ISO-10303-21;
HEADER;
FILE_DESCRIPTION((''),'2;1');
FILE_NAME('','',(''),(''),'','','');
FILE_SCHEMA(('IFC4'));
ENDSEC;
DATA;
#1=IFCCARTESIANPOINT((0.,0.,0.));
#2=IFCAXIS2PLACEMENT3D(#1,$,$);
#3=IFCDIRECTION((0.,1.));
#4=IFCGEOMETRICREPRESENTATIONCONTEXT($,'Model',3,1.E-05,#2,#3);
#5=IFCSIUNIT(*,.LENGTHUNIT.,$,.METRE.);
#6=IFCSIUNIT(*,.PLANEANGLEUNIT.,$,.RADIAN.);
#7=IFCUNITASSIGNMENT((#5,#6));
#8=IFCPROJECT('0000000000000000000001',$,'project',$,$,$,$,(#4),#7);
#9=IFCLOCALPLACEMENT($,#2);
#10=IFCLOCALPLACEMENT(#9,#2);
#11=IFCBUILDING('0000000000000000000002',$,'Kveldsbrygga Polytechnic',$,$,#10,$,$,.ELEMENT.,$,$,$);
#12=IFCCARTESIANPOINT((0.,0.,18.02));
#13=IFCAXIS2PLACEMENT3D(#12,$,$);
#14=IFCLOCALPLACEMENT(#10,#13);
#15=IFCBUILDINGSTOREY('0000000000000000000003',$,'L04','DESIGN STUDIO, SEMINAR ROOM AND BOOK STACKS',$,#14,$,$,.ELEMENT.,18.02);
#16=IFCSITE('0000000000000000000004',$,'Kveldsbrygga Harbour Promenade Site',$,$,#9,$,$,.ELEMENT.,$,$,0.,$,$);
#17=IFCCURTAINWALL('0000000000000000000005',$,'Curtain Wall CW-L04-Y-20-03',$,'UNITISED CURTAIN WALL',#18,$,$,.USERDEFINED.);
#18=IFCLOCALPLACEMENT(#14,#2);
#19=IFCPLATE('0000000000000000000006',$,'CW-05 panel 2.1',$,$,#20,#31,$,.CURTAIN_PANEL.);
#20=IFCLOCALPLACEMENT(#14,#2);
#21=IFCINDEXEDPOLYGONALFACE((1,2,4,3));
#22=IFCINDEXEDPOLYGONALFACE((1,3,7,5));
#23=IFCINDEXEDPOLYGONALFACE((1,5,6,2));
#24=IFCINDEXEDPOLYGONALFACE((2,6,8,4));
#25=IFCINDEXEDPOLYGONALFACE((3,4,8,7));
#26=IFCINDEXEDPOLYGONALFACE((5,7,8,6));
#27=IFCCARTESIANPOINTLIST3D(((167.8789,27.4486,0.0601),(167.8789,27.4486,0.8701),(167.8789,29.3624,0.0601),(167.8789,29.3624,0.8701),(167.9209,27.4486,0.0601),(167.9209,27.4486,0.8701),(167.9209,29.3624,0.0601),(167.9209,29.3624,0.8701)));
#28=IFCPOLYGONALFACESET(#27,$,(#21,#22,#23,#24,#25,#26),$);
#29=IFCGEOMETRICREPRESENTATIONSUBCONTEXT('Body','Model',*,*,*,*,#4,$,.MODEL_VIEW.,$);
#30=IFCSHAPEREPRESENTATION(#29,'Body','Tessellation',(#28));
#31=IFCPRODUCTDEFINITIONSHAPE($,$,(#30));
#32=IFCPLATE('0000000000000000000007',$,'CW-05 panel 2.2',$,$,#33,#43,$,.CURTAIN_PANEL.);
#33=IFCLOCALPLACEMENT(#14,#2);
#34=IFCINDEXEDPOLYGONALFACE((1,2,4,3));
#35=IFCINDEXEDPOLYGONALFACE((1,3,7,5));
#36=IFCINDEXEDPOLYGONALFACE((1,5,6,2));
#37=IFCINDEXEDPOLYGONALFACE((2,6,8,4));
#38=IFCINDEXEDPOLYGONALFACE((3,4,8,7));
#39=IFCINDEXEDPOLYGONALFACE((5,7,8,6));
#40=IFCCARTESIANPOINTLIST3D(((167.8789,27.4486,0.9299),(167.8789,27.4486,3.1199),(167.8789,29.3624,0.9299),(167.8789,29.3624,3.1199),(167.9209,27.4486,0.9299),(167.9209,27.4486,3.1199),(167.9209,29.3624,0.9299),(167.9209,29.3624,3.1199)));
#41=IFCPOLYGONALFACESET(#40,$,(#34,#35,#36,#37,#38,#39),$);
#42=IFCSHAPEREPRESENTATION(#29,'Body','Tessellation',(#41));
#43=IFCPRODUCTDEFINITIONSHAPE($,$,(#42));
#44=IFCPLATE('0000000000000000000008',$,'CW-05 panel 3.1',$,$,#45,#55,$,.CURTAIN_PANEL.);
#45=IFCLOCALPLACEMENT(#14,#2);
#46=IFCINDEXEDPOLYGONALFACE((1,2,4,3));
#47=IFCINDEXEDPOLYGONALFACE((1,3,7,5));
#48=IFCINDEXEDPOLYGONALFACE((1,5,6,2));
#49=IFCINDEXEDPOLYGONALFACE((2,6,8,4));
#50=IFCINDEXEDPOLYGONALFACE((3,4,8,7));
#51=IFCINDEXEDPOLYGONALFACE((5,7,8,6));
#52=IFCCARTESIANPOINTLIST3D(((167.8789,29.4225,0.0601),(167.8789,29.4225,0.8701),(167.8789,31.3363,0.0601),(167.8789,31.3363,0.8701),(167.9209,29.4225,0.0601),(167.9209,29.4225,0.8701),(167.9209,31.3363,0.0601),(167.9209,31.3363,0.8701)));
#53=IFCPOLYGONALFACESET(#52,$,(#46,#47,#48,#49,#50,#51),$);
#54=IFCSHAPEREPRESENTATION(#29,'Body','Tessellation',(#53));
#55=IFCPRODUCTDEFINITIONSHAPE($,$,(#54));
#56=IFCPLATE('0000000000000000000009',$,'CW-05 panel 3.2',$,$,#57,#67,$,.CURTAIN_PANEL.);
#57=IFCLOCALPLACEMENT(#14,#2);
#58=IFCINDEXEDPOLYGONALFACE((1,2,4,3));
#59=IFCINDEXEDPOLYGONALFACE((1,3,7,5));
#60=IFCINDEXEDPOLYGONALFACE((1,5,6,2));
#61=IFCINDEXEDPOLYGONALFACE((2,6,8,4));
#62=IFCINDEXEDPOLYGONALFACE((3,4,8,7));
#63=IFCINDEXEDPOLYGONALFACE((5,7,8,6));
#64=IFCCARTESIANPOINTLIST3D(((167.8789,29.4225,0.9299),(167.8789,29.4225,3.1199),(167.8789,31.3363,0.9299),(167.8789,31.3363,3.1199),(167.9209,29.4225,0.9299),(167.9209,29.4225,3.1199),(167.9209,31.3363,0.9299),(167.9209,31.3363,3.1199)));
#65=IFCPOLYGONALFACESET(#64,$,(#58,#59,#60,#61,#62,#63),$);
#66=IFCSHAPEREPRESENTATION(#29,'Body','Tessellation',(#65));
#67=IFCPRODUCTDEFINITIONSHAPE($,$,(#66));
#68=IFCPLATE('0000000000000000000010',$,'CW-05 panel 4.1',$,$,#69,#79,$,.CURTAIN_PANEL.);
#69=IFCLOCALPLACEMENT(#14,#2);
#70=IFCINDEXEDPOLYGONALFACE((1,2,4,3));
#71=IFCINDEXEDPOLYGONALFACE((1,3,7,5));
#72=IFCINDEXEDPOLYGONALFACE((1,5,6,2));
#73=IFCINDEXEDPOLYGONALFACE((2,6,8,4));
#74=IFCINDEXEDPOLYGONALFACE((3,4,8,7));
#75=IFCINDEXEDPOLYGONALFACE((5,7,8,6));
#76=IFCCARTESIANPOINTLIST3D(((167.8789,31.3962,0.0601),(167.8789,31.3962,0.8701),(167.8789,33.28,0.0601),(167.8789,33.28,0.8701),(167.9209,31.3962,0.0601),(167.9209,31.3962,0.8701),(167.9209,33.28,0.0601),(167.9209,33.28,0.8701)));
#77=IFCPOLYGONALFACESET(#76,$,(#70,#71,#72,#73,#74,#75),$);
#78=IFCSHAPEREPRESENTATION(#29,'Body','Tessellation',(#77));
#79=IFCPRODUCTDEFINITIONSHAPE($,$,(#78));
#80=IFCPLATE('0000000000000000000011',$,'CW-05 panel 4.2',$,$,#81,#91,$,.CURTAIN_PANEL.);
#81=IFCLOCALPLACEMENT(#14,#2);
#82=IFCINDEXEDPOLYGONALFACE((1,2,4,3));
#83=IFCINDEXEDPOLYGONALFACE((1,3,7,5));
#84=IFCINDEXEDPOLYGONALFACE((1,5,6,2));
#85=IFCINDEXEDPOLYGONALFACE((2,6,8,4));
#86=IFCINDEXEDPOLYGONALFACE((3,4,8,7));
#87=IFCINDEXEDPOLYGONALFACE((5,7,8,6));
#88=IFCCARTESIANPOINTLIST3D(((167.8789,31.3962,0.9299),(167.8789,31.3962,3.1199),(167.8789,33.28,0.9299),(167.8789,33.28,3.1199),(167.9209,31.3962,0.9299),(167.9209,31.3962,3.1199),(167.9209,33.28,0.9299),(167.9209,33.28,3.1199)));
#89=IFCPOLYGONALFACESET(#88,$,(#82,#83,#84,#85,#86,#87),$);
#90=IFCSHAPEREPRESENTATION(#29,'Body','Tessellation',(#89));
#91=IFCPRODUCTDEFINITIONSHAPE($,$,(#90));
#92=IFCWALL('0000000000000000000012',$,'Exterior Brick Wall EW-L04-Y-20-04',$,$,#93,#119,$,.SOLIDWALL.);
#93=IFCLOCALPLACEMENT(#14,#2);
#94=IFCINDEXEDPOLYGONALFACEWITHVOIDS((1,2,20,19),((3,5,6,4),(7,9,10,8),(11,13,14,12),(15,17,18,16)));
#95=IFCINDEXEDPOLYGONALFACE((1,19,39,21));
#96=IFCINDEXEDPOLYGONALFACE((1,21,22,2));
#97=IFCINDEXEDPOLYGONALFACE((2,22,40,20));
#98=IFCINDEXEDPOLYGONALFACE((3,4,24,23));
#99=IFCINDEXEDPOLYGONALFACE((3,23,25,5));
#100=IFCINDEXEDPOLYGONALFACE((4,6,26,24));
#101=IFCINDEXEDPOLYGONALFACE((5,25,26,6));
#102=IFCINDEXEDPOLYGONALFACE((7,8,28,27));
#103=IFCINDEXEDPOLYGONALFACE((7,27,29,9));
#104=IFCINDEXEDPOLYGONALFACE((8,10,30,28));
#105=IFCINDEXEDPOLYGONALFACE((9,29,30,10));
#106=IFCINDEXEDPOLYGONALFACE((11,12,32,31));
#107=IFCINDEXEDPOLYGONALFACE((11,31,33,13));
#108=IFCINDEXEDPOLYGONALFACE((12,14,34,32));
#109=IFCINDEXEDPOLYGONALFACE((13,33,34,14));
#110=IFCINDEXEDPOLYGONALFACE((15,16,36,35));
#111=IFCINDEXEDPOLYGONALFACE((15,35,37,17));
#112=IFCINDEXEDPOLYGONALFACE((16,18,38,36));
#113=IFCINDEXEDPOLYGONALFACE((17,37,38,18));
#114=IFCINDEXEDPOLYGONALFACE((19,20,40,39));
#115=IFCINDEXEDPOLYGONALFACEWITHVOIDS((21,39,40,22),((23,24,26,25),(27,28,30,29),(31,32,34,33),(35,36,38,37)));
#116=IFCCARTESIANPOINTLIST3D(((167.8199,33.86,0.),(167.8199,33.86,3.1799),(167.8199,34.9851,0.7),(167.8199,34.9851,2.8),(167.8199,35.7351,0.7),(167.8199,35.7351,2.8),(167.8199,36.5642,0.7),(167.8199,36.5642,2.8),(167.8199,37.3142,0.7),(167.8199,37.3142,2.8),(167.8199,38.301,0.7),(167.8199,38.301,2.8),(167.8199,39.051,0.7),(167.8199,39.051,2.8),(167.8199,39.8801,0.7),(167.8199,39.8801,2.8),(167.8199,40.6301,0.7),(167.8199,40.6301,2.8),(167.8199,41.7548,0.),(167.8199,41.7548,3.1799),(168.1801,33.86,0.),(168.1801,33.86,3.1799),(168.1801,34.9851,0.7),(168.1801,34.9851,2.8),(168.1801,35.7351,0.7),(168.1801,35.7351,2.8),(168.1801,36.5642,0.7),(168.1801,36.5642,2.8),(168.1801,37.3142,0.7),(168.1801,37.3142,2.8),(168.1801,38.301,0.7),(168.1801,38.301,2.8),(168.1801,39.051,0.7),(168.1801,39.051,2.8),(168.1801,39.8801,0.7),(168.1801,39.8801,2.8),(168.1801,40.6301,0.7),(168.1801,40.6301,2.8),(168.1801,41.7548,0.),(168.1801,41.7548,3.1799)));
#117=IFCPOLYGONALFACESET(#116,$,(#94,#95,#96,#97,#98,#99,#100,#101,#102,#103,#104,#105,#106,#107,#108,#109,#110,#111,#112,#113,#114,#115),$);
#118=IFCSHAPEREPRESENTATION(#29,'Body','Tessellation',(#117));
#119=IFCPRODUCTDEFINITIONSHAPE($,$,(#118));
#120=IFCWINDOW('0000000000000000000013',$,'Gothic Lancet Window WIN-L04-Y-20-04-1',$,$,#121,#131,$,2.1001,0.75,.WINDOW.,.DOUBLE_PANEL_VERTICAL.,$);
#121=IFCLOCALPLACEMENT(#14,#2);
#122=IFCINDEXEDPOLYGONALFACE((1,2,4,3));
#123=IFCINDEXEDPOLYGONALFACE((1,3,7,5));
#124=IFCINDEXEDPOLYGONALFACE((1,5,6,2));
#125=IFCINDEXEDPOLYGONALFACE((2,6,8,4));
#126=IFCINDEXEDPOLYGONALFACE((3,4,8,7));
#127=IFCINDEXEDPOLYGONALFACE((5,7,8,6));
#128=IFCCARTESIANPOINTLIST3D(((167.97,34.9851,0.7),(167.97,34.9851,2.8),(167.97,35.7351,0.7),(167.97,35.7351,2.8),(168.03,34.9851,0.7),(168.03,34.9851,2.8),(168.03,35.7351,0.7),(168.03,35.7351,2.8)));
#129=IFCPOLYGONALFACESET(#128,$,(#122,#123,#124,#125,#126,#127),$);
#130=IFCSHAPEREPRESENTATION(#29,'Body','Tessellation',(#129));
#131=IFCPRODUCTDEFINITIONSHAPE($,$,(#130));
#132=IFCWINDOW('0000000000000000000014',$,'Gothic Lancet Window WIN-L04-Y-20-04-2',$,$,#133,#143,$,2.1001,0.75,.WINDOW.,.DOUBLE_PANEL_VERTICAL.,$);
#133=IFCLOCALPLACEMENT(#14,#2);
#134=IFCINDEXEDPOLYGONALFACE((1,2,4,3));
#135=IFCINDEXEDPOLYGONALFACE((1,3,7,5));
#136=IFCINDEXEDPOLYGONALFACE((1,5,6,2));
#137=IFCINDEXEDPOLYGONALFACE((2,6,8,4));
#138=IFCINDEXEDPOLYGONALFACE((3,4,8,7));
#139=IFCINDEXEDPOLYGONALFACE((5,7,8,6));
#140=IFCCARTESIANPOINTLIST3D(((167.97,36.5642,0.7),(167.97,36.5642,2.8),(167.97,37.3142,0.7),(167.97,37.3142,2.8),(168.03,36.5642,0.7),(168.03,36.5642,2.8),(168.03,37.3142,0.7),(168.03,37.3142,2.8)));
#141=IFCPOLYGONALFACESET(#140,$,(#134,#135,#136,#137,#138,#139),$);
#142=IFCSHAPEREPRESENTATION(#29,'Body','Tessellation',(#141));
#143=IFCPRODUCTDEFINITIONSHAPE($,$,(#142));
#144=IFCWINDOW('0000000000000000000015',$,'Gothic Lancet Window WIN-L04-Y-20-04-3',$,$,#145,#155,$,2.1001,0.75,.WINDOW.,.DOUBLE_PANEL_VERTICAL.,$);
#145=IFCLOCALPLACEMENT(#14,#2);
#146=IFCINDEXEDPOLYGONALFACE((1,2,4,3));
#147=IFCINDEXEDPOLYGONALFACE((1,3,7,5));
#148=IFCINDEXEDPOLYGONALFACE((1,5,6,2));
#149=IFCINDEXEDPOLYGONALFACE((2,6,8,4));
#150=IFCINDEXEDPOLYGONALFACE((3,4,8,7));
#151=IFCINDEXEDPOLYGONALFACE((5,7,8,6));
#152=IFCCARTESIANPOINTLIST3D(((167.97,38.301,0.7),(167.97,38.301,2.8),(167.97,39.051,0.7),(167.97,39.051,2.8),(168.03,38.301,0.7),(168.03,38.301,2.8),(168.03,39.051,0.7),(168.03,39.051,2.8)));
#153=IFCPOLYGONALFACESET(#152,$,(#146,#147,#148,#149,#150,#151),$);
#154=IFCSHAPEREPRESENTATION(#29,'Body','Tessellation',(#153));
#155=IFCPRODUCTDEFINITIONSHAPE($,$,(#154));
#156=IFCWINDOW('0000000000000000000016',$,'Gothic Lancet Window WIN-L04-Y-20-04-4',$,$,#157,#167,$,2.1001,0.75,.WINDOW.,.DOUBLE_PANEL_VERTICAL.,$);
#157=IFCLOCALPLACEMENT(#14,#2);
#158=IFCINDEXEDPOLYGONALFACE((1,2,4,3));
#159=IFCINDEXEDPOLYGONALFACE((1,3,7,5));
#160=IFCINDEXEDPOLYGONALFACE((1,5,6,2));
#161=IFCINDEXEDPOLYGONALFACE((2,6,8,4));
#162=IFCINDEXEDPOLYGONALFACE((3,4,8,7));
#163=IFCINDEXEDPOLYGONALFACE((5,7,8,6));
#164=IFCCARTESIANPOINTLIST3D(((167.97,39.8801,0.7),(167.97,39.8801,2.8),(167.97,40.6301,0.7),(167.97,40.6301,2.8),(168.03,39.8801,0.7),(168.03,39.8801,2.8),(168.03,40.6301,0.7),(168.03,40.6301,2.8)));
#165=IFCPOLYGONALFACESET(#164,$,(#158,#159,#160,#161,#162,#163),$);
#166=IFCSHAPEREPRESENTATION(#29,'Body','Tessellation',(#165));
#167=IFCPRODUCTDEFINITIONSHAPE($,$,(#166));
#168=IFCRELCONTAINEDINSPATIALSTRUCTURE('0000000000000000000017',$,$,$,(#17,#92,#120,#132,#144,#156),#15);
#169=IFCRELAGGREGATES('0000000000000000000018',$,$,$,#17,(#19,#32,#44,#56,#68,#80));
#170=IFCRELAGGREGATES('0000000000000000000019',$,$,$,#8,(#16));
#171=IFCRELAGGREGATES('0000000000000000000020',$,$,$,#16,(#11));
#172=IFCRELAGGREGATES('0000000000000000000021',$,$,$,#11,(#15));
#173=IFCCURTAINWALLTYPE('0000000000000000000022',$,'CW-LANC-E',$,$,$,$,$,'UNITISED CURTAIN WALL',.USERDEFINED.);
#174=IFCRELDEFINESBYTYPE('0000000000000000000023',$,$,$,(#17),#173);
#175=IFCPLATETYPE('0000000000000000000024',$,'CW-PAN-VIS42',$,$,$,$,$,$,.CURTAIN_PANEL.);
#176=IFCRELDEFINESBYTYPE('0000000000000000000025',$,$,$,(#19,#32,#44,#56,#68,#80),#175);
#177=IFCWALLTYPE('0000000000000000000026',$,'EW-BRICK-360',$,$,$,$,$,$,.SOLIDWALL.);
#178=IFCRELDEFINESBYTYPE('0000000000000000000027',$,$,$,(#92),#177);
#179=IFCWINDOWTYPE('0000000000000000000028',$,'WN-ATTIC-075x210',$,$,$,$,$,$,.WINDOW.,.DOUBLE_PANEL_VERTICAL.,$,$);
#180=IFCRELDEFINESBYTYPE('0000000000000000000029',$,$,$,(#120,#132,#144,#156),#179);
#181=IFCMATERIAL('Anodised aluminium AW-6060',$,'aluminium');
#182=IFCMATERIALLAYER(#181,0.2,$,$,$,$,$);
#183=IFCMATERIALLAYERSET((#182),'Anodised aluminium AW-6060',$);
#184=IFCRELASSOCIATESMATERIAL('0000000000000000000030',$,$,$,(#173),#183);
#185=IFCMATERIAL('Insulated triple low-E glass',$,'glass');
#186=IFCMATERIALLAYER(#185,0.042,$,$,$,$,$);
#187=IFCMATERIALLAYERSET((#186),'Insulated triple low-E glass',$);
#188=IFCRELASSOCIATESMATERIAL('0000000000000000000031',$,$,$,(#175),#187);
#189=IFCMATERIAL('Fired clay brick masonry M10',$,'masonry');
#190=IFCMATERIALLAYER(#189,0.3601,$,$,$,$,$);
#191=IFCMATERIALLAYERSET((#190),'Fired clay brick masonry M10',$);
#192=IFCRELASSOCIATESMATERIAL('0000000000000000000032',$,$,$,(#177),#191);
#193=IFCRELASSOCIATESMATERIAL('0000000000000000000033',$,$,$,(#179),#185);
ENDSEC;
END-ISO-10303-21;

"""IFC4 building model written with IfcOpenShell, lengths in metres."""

from ifc_helpers import new_model, si_unit, direction, frame, frame_2d, origin, origin_2d, place, context, subcontext, project, spatial, rectangle, extrude, material, layer, layer_set, type_object, element, fill, aggregate, save


model = new_model("IFC4")

# Units and contexts
model_context = context("Model", 3, precision=1e-05, world=origin(), true_north=direction((0.0, 1.0)))
body_context = subcontext(model_context, "Body", "Model", "MODEL_VIEW")
ifc_project = project(units=[si_unit("LENGTHUNIT", "METRE"), si_unit("PLANEANGLEUNIT", "RADIAN")], contexts=[model_context])

# Site, building, storey
site_placement = place(None, origin())
site = spatial("IfcSite", under=ifc_project, at=site_placement, Name="Kveldsbrygga Harbour Promenade Site", CompositionType="ELEMENT", RefElevation=0.0)
building_placement = place(site_placement, origin())
building = spatial("IfcBuilding", under=site, at=building_placement, Name="Kveldsbrygga Polytechnic", CompositionType="ELEMENT")
storey_placement = place(building_placement, frame((0.0, 0.0, 18.02)))
storey = spatial("IfcBuildingStorey", under=building, at=storey_placement, Name="L04", Description="DESIGN STUDIO, SEMINAR ROOM AND BOOK STACKS", CompositionType="ELEMENT", Elevation=18.02)

# Curtain wall
ifc_material_1 = material(Name="Anodised aluminium AW-6060", Category="aluminium")
ifc_layer_1 = layer(ifc_material_1, 0.2)
ifc_layer_set_1 = layer_set([ifc_layer_1], Name="Anodised aluminium AW-6060")
curtain_wall_type = type_object("IfcCurtainWallType", Name="CW-LANC-E", ElementType="UNITISED CURTAIN WALL", PredefinedType="USERDEFINED", material=ifc_layer_set_1)
curtain_wall_placement = place(storey_placement, origin())
curtain_wall = element("IfcCurtainWall", 1, at=curtain_wall_placement, inside=storey, type_object=curtain_wall_type, Name="Curtain Wall CW-L04-Y-20-03", ObjectType="UNITISED CURTAIN WALL", PredefinedType="USERDEFINED")

# Plates
ifc_material_2 = material(Name="Insulated triple low-E glass", Category="glass")
ifc_layer_2 = layer(ifc_material_2, 0.042)
ifc_layer_set_2 = layer_set([ifc_layer_2], Name="Insulated triple low-E glass")
plate_type = type_object("IfcPlateType", Name="CW-PAN-VIS42", PredefinedType="CURTAIN_PANEL", material=ifc_layer_set_2)
plate_1_placement = place(storey_placement, frame((167.8999, 28.4055, 0.0601), z_axis=(0.0, 0.0, 1.0), x_axis=(0.0, 1.0, 0.0)))
plate_1 = element("IfcPlate", 2, at=plate_1_placement, type_object=plate_type, Name="CW-05 panel 2.1", PredefinedType="CURTAIN_PANEL", context=body_context, shape_type="SweptSolid", body=[
    extrude(rectangle(XDim=1.9138, YDim=0.042, at=origin_2d()), origin(), (0.0, 0.0, 1.0), 0.8101),
])
plate_2_placement = place(storey_placement, frame((167.8999, 28.4055, 0.9299), z_axis=(0.0, 0.0, 1.0), x_axis=(0.0, 1.0, 0.0)))
plate_2 = element("IfcPlate", 3, at=plate_2_placement, type_object=plate_type, Name="CW-05 panel 2.2", PredefinedType="CURTAIN_PANEL", context=body_context, shape_type="SweptSolid", body=[
    extrude(rectangle(XDim=1.9138, YDim=0.042, at=origin_2d()), origin(), (0.0, 0.0, 1.0), 2.1899),
])
plate_3_placement = place(storey_placement, frame((167.8999, 30.3794, 0.0601), z_axis=(0.0, 0.0, 1.0), x_axis=(0.0, 1.0, 0.0)))
plate_3 = element("IfcPlate", 4, at=plate_3_placement, type_object=plate_type, Name="CW-05 panel 3.1", PredefinedType="CURTAIN_PANEL", context=body_context, shape_type="SweptSolid", body=[
    extrude(rectangle(XDim=1.9138, YDim=0.042, at=origin_2d()), origin(), (0.0, 0.0, 1.0), 0.8101),
])
plate_4_placement = place(storey_placement, frame((167.8999, 30.3794, 0.9299), z_axis=(0.0, 0.0, 1.0), x_axis=(0.0, 1.0, 0.0)))
plate_4 = element("IfcPlate", 5, at=plate_4_placement, type_object=plate_type, Name="CW-05 panel 3.2", PredefinedType="CURTAIN_PANEL", context=body_context, shape_type="SweptSolid", body=[
    extrude(rectangle(XDim=1.9138, YDim=0.042, at=origin_2d()), origin(), (0.0, 0.0, 1.0), 2.1899),
])
plate_5_placement = place(storey_placement, frame((167.8999, 32.3381, 0.0601), z_axis=(0.0, 0.0, 1.0), x_axis=(0.0, 1.0, 0.0)))
plate_5 = element("IfcPlate", 6, at=plate_5_placement, type_object=plate_type, Name="CW-05 panel 4.1", PredefinedType="CURTAIN_PANEL", context=body_context, shape_type="SweptSolid", body=[
    extrude(rectangle(XDim=1.8838, YDim=0.042, at=origin_2d()), origin(), (0.0, 0.0, 1.0), 0.8101),
])
plate_6_placement = place(storey_placement, frame((167.8999, 32.3381, 0.9299), z_axis=(0.0, 0.0, 1.0), x_axis=(0.0, 1.0, 0.0)))
plate_6 = element("IfcPlate", 7, at=plate_6_placement, type_object=plate_type, Name="CW-05 panel 4.2", PredefinedType="CURTAIN_PANEL", context=body_context, shape_type="SweptSolid", body=[
    extrude(rectangle(XDim=1.8838, YDim=0.042, at=origin_2d()), origin(), (0.0, 0.0, 1.0), 2.1899),
])
aggregate(curtain_wall, [plate_1, plate_2, plate_3, plate_4, plate_5, plate_6])

# Wall, openings, windows
ifc_material_3 = material(Name="Fired clay brick masonry M10", Category="masonry")
ifc_layer_3 = layer(ifc_material_3, 0.3601)
ifc_layer_set_3 = layer_set([ifc_layer_3], Name="Fired clay brick masonry M10")
wall_type_1 = type_object("IfcWallType", Name="EW-BRICK-360", PredefinedType="SOLIDWALL", material=ifc_layer_set_3)
wall_1_placement = place(storey_placement, frame((168.0, 33.8601, 0.0), z_axis=(0.0, 0.0, 1.0), x_axis=(0.0, 1.0, 0.0)))
wall_1 = element("IfcWall", 8, at=wall_1_placement, inside=storey, type_object=wall_type_1, Name="Exterior Brick Wall EW-L04-Y-20-04", PredefinedType="SOLIDWALL", context=body_context, shape_type="SweptSolid", body=[
    extrude(rectangle(XDim=7.8948, YDim=0.3601, at=frame_2d((3.9473, 0.0))), origin(), (0.0, 0.0, 1.0), 3.1799),
])
opening_1_placement = place(wall_1_placement, frame((1.125, 0.0, 0.7)))
opening_1 = element("IfcOpeningElement", 9, at=opening_1_placement, cuts=wall_1, PredefinedType="OPENING", context=body_context, shape_type="SweptSolid", body=[
    extrude(rectangle(XDim=0.75, YDim=2.1001, at=frame_2d((0.375, 1.05))), frame((0.0, 0.1899, 0.0), z_axis=(0.0, -1.0, 0.0), x_axis=(1.0, 0.0, 0.0)), (0.0, 0.0, 1.0), 0.3801),
])
opening_2_placement = place(wall_1_placement, frame((2.7041, 0.0, 0.7)))
opening_2 = element("IfcOpeningElement", 10, at=opening_2_placement, cuts=wall_1, PredefinedType="OPENING", context=body_context, shape_type="SweptSolid", body=[
    extrude(rectangle(XDim=0.75, YDim=2.1001, at=frame_2d((0.375, 1.05))), frame((0.0, 0.1899, 0.0), z_axis=(0.0, -1.0, 0.0), x_axis=(1.0, 0.0, 0.0)), (0.0, 0.0, 1.0), 0.3801),
])
opening_3_placement = place(wall_1_placement, frame((4.4409, 0.0, 0.7)))
opening_3 = element("IfcOpeningElement", 11, at=opening_3_placement, cuts=wall_1, PredefinedType="OPENING", context=body_context, shape_type="SweptSolid", body=[
    extrude(rectangle(XDim=0.75, YDim=2.1001, at=frame_2d((0.375, 1.05))), frame((0.0, 0.1899, 0.0), z_axis=(0.0, -1.0, 0.0), x_axis=(1.0, 0.0, 0.0)), (0.0, 0.0, 1.0), 0.3801),
])
opening_4_placement = place(wall_1_placement, frame((6.02, 0.0, 0.7)))
opening_4 = element("IfcOpeningElement", 12, at=opening_4_placement, cuts=wall_1, PredefinedType="OPENING", context=body_context, shape_type="SweptSolid", body=[
    extrude(rectangle(XDim=0.75, YDim=2.1001, at=frame_2d((0.375, 1.05))), frame((0.0, 0.1899, 0.0), z_axis=(0.0, -1.0, 0.0), x_axis=(1.0, 0.0, 0.0)), (0.0, 0.0, 1.0), 0.3801),
])
window_type = type_object("IfcWindowType", Name="WN-ATTIC-075x210", PartitioningType="DOUBLE_PANEL_VERTICAL", PredefinedType="WINDOW", material=ifc_material_2)
window_1_placement = place(opening_1_placement, origin())
window_1 = element("IfcWindow", 13, at=window_1_placement, inside=storey, type_object=window_type, Name="Gothic Lancet Window WIN-L04-Y-20-04-1", OverallHeight=2.1001, OverallWidth=0.75, PartitioningType="DOUBLE_PANEL_VERTICAL", PredefinedType="WINDOW", context=body_context, shape_type="SweptSolid", body=[
    extrude(rectangle(XDim=0.75, YDim=2.1001, at=frame_2d((0.375, 1.05))), frame((0.0, 0.03, 0.0), z_axis=(0.0, -1.0, 0.0), x_axis=(1.0, 0.0, 0.0)), (0.0, 0.0, 1.0), 0.0601),
])
fill(opening_1, window_1)
window_2_placement = place(opening_2_placement, origin())
window_2 = element("IfcWindow", 14, at=window_2_placement, inside=storey, type_object=window_type, Name="Gothic Lancet Window WIN-L04-Y-20-04-2", OverallHeight=2.1001, OverallWidth=0.75, PartitioningType="DOUBLE_PANEL_VERTICAL", PredefinedType="WINDOW", context=body_context, shape_type="SweptSolid", body=[
    extrude(rectangle(XDim=0.75, YDim=2.1001, at=frame_2d((0.375, 1.05))), frame((0.0, 0.03, 0.0), z_axis=(0.0, -1.0, 0.0), x_axis=(1.0, 0.0, 0.0)), (0.0, 0.0, 1.0), 0.0601),
])
fill(opening_2, window_2)
window_3_placement = place(opening_3_placement, origin())
window_3 = element("IfcWindow", 15, at=window_3_placement, inside=storey, type_object=window_type, Name="Gothic Lancet Window WIN-L04-Y-20-04-3", OverallHeight=2.1001, OverallWidth=0.75, PartitioningType="DOUBLE_PANEL_VERTICAL", PredefinedType="WINDOW", context=body_context, shape_type="SweptSolid", body=[
    extrude(rectangle(XDim=0.75, YDim=2.1001, at=frame_2d((0.375, 1.05))), frame((0.0, 0.03, 0.0), z_axis=(0.0, -1.0, 0.0), x_axis=(1.0, 0.0, 0.0)), (0.0, 0.0, 1.0), 0.0601),
])
fill(opening_3, window_3)
window_4_placement = place(opening_4_placement, origin())
window_4 = element("IfcWindow", 16, at=window_4_placement, inside=storey, type_object=window_type, Name="Gothic Lancet Window WIN-L04-Y-20-04-4", OverallHeight=2.1001, OverallWidth=0.75, PartitioningType="DOUBLE_PANEL_VERTICAL", PredefinedType="WINDOW", context=body_context, shape_type="SweptSolid", body=[
    extrude(rectangle(XDim=0.75, YDim=2.1001, at=frame_2d((0.375, 1.05))), frame((0.0, 0.03, 0.0), z_axis=(0.0, -1.0, 0.0), x_axis=(1.0, 0.0, 0.0)), (0.0, 0.0, 1.0), 0.0601),
])
fill(opening_4, window_4)

save(model, "model.ifc")
